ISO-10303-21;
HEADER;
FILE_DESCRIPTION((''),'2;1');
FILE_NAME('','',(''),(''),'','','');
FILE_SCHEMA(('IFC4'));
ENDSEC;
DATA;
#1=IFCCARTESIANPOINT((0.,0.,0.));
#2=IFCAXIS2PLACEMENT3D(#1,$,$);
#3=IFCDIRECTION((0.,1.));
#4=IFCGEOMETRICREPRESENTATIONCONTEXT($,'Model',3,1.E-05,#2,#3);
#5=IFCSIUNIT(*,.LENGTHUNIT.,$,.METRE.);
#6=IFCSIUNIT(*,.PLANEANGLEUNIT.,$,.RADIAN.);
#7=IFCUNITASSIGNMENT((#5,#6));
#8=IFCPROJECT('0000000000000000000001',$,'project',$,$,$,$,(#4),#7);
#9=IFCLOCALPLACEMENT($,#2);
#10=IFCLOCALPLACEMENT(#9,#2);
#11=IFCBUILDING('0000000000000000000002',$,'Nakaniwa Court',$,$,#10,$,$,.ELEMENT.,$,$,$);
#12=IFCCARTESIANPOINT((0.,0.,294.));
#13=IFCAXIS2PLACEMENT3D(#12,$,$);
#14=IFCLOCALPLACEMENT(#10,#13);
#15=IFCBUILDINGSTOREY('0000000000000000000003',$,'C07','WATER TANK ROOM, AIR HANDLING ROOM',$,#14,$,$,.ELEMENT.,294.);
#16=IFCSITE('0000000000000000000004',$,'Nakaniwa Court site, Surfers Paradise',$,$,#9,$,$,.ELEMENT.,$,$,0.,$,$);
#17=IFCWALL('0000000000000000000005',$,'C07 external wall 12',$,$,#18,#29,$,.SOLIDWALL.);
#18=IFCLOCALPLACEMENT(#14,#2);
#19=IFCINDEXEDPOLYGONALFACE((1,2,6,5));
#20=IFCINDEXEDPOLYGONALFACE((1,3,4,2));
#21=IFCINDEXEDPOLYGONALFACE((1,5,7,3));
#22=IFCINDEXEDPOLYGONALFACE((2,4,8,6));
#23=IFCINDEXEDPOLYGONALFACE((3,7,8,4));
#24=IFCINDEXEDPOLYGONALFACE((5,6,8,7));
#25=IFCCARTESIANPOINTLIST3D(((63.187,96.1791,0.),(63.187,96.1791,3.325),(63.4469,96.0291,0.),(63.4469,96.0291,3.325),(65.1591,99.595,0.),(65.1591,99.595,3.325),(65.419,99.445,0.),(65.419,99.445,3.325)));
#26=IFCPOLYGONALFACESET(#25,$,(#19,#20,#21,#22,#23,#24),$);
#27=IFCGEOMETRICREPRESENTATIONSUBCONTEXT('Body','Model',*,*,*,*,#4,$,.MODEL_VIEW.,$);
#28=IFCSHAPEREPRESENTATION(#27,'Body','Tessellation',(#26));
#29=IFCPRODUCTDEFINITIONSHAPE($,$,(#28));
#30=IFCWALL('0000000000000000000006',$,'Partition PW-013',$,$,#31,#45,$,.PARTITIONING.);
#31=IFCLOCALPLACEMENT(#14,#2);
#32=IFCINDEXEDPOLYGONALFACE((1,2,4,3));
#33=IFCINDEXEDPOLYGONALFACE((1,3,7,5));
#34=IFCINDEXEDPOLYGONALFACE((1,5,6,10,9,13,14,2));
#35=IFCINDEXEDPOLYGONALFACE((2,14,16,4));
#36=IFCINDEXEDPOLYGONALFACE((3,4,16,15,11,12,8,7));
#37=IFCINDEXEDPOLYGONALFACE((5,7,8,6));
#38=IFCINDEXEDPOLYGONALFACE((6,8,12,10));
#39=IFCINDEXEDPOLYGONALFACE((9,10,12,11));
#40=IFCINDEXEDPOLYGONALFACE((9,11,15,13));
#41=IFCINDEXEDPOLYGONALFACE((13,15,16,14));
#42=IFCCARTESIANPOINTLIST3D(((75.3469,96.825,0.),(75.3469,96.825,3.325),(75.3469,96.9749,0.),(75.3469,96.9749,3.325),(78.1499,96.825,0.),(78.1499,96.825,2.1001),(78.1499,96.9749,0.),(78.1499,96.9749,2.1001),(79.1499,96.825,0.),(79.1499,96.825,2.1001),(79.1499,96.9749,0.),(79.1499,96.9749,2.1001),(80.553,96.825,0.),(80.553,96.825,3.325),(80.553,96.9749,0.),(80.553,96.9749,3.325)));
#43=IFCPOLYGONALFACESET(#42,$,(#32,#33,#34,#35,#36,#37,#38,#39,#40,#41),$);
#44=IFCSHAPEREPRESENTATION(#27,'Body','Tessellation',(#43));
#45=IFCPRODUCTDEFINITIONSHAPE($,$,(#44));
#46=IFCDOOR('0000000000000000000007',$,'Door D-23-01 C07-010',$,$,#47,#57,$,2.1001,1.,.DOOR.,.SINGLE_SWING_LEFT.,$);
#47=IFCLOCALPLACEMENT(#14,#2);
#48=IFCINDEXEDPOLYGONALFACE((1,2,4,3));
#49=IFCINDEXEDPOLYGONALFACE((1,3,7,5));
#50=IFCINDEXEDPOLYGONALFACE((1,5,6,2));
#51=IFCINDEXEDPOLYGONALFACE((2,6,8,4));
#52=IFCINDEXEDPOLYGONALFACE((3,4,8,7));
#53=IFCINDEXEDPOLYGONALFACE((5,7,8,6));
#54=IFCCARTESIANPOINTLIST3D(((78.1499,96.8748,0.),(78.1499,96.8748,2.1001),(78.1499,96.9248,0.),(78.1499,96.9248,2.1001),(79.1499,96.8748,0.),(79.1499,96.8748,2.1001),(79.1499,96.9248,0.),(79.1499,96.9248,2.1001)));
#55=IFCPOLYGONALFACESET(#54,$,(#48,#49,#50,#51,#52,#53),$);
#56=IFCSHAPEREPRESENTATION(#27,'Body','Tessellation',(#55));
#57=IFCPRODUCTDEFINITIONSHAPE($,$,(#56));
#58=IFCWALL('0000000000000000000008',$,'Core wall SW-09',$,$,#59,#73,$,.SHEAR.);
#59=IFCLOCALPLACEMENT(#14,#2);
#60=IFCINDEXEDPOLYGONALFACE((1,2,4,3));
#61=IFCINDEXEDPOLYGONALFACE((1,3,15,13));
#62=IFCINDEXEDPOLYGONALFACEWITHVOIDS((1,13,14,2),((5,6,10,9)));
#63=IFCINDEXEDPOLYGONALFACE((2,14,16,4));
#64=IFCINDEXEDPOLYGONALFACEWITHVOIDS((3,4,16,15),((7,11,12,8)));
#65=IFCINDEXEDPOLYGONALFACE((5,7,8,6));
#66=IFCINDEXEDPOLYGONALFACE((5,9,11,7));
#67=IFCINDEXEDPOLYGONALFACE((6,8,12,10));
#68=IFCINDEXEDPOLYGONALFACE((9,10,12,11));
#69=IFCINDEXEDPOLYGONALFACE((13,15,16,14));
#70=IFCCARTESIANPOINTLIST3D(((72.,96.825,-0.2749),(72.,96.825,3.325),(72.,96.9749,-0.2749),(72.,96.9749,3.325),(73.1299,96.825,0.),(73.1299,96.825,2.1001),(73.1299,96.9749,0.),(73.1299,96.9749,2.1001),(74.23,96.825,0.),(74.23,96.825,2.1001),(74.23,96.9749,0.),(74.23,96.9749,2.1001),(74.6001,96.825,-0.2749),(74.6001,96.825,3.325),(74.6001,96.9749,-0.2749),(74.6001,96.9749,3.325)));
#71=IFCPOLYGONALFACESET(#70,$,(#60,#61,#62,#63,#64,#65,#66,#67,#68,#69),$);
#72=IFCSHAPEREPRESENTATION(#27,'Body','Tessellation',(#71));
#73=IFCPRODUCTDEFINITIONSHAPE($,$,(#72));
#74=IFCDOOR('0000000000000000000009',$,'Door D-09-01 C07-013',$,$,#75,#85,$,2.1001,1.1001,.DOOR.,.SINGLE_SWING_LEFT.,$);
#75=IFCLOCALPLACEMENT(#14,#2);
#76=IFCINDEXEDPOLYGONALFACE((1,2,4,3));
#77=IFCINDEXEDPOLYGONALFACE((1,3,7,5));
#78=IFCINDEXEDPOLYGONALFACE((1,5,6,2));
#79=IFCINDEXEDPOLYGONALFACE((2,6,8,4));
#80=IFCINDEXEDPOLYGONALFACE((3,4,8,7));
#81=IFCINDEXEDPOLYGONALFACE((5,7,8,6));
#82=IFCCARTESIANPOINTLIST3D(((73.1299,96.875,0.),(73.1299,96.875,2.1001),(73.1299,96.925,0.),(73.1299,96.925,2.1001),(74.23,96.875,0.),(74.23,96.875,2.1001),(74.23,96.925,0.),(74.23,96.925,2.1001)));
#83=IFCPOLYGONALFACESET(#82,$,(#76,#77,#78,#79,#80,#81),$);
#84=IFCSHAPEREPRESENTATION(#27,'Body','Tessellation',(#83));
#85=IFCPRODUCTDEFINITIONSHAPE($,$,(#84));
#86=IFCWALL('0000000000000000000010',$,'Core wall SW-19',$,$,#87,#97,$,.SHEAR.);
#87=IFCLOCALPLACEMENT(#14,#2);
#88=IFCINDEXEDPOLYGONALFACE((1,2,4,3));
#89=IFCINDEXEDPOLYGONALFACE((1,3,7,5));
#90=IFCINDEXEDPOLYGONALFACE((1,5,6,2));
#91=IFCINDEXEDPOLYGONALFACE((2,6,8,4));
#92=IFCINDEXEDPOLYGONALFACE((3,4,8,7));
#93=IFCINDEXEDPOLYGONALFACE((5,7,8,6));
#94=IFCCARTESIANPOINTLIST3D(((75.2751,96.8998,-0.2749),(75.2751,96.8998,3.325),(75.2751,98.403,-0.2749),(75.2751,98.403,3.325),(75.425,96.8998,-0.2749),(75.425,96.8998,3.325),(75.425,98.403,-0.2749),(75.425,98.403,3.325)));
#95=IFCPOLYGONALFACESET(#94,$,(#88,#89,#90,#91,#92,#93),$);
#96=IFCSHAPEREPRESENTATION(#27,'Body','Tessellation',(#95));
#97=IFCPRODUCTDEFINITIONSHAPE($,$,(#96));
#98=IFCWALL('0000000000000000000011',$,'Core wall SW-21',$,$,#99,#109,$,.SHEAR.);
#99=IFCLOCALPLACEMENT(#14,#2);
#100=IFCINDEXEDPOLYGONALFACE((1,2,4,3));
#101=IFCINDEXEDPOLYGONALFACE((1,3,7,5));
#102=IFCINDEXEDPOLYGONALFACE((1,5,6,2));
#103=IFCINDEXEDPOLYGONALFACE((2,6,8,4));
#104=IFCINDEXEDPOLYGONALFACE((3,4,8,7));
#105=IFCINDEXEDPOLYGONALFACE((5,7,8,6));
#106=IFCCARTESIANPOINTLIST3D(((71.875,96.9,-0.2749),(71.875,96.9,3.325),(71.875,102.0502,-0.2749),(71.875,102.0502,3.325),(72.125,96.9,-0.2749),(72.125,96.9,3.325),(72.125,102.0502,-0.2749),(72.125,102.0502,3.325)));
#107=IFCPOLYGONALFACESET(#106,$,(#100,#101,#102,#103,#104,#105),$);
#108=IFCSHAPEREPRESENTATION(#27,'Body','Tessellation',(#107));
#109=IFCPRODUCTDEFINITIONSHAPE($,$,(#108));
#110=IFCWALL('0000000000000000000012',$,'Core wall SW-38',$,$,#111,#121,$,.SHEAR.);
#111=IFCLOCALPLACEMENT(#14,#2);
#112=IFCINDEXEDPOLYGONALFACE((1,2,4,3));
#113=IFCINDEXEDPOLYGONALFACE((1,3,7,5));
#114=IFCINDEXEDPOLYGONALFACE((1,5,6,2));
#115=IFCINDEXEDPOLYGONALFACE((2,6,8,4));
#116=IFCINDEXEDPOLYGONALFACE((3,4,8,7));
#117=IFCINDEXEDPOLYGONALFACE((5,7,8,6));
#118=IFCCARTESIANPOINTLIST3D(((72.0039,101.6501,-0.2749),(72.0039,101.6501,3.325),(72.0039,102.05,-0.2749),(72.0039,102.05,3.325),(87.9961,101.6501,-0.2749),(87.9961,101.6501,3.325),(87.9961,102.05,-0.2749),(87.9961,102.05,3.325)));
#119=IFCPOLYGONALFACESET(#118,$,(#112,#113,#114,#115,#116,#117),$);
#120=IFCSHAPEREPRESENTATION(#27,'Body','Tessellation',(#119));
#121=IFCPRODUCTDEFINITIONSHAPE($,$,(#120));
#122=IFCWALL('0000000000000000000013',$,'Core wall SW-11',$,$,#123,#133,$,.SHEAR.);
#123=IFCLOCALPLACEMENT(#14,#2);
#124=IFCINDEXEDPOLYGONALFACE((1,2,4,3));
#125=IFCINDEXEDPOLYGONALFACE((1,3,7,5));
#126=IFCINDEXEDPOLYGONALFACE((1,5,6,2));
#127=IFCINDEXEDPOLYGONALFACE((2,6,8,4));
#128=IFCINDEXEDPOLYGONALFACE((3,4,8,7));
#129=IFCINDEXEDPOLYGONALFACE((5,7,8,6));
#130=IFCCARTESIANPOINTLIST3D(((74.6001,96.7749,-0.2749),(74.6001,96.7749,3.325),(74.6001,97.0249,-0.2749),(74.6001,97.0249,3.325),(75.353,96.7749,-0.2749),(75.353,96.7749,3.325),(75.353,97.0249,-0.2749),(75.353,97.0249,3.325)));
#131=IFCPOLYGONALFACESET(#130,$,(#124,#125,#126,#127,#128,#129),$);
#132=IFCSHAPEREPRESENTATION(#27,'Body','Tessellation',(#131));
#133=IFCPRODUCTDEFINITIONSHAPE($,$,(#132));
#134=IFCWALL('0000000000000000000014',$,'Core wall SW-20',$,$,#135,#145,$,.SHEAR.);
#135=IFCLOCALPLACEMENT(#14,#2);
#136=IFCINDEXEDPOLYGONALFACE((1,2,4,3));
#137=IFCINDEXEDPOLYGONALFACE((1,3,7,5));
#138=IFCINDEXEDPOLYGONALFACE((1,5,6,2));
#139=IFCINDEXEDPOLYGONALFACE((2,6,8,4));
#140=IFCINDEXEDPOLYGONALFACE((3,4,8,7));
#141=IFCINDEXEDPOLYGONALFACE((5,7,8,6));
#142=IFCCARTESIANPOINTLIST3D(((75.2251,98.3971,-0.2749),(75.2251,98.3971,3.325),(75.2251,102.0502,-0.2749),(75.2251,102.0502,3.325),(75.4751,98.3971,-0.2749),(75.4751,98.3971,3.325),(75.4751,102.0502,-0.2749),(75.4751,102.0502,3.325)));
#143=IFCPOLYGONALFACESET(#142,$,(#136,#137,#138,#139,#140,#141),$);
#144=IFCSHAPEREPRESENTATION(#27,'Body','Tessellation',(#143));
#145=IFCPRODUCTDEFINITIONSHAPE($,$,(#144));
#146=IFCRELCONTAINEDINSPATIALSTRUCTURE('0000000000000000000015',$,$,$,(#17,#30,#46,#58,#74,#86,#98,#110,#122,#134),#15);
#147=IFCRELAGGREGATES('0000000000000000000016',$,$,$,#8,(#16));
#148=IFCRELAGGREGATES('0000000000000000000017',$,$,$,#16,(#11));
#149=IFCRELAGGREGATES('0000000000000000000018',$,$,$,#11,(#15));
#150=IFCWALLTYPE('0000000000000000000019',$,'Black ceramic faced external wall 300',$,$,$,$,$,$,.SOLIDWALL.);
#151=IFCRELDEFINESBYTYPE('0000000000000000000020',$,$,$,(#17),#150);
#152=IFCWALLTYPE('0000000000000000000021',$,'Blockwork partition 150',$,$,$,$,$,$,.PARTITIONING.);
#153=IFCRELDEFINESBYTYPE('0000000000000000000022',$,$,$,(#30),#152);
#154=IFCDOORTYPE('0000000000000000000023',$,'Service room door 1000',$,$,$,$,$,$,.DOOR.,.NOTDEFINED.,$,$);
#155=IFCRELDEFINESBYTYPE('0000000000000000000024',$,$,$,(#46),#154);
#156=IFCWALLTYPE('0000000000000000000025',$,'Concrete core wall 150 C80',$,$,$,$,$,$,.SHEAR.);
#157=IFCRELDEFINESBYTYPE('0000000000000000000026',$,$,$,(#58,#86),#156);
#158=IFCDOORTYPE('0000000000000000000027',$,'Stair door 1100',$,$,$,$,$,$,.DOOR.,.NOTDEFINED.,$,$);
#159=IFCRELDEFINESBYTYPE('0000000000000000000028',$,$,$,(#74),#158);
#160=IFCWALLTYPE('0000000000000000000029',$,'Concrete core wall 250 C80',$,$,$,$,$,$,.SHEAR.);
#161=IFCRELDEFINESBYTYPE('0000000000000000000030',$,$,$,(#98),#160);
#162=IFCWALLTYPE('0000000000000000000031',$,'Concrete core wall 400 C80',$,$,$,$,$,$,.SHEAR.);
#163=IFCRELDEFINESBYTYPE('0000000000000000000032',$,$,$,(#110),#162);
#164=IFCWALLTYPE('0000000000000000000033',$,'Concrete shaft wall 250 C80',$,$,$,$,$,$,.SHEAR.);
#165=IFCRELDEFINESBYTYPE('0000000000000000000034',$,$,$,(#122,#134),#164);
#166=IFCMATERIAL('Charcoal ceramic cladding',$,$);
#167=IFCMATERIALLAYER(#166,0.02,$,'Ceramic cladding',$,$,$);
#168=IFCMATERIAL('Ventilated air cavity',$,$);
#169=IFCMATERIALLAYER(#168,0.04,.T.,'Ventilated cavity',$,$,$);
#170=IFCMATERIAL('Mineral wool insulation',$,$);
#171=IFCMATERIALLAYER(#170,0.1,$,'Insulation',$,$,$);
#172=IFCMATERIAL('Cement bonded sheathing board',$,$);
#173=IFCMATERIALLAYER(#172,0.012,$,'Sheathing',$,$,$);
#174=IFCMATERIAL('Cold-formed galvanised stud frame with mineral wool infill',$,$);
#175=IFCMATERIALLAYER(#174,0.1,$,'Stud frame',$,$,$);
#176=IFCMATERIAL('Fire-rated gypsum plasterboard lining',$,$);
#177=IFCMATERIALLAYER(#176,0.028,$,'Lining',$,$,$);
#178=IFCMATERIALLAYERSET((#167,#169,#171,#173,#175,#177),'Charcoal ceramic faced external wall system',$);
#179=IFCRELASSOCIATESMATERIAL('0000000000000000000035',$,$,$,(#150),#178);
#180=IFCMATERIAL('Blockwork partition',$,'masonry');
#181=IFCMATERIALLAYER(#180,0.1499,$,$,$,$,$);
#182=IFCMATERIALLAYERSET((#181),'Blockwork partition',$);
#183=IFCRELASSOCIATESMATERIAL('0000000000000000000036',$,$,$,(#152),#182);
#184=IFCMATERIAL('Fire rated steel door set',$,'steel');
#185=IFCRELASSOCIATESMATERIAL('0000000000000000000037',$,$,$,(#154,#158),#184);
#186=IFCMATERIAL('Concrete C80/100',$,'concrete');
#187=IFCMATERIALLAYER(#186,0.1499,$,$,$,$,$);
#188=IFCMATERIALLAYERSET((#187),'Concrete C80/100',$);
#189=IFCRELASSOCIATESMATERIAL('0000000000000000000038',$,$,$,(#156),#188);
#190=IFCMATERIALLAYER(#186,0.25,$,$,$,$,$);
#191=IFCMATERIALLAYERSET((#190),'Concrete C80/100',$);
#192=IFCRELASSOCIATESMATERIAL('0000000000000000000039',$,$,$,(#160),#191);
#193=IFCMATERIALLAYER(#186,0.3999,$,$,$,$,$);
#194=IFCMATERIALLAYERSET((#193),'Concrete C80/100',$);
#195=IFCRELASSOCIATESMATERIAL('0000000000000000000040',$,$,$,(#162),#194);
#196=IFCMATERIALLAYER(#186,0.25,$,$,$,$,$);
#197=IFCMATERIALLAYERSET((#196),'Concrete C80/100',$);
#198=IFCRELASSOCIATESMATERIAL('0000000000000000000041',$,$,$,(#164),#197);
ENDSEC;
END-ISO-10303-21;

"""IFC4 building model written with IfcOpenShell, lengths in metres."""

from ifc_helpers import new_model, si_unit, direction, frame, frame_2d, origin, place, context, subcontext, project, spatial, rectangle, extrude, material, layer, layer_set, type_object, element, fill, save


model = new_model("IFC4")

# Units and contexts
model_context = context("Model", 3, precision=1e-05, world=origin(), true_north=direction((0.0, 1.0)))
body_context = subcontext(model_context, "Body", "Model", "MODEL_VIEW")
ifc_project = project(units=[si_unit("LENGTHUNIT", "METRE"), si_unit("PLANEANGLEUNIT", "RADIAN")], contexts=[model_context])

# Site, building, storey
site_placement = place(None, origin())
site = spatial("IfcSite", under=ifc_project, at=site_placement, Name="Nakaniwa Court site, Surfers Paradise", CompositionType="ELEMENT", RefElevation=0.0)
building_placement = place(site_placement, origin())
building = spatial("IfcBuilding", under=site, at=building_placement, Name="Nakaniwa Court", CompositionType="ELEMENT")
storey_placement = place(building_placement, frame((0.0, 0.0, 294.0)))
storey = spatial("IfcBuildingStorey", under=building, at=storey_placement, Name="C07", Description="WATER TANK ROOM, AIR HANDLING ROOM", CompositionType="ELEMENT", Elevation=294.0)

# Shared definitions
ifc_material_1 = material(Name="Concrete C80/100", Category="concrete")

# Wall
ifc_material_2 = material(Name="Charcoal ceramic cladding")
ifc_layer_1 = layer(ifc_material_2, 0.02, Name="Ceramic cladding")
ifc_material_3 = material(Name="Ventilated air cavity")
ifc_layer_2 = layer(ifc_material_3, 0.04, ventilated=True, Name="Ventilated cavity")
ifc_material_4 = material(Name="Mineral wool insulation")
ifc_layer_3 = layer(ifc_material_4, 0.1, Name="Insulation")
ifc_material_5 = material(Name="Cement bonded sheathing board")
ifc_layer_4 = layer(ifc_material_5, 0.012, Name="Sheathing")
ifc_material_6 = material(Name="Cold-formed galvanised stud frame with mineral wool infill")
ifc_layer_5 = layer(ifc_material_6, 0.1, Name="Stud frame")
ifc_material_7 = material(Name="Fire-rated gypsum plasterboard lining")
ifc_layer_6 = layer(ifc_material_7, 0.028, Name="Lining")
ifc_layer_set_1 = layer_set([ifc_layer_1, ifc_layer_2, ifc_layer_3, ifc_layer_4, ifc_layer_5, ifc_layer_6], Name="Charcoal ceramic faced external wall system")
wall_type_1 = type_object("IfcWallType", Name="Black ceramic faced external wall 300", PredefinedType="SOLIDWALL", material=ifc_layer_set_1)
wall_1_placement = place(storey_placement, frame((65.2891, 99.52, 0.0), z_axis=(0.0, 0.0, 1.0), x_axis=(-0.499987, -0.866033, 0.0)))
element("IfcWall", 1, at=wall_1_placement, inside=storey, type_object=wall_type_1, Name="C07 external wall 12", PredefinedType="SOLIDWALL", context=body_context, shape_type="SweptSolid", body=[
    extrude(rectangle(XDim=3.9443, YDim=0.3, at=frame_2d((1.9722, 0.0))), origin(), (0.0, 0.0, 1.0), 3.325),
])

# Walls, openings, doors
ifc_material_8 = material(Name="Blockwork partition", Category="masonry")
ifc_layer_7 = layer(ifc_material_8, 0.1499)
ifc_layer_set_2 = layer_set([ifc_layer_7], Name="Blockwork partition")
wall_type_2 = type_object("IfcWallType", Name="Blockwork partition 150", PredefinedType="PARTITIONING", material=ifc_layer_set_2)
wall_2_placement = place(storey_placement, frame((75.3469, 96.8999, 0.0), z_axis=(0.0, 0.0, 1.0), x_axis=(1.0, 0.0, 0.0)))
wall_2 = element("IfcWall", 2, at=wall_2_placement, inside=storey, type_object=wall_type_2, Name="Partition PW-013", PredefinedType="PARTITIONING", context=body_context, shape_type="SweptSolid", body=[
    extrude(rectangle(XDim=5.2061, YDim=0.1499, at=frame_2d((2.603, 0.0))), origin(), (0.0, 0.0, 1.0), 3.325),
])
opening_1_placement = place(wall_2_placement, frame((2.803, 0.0, 0.0)))
opening_1 = element("IfcOpeningElement", 3, at=opening_1_placement, cuts=wall_2, PredefinedType="OPENING", context=body_context, shape_type="SweptSolid", body=[
    extrude(rectangle(XDim=1.0, YDim=2.1001, at=frame_2d((0.5, 1.05))), frame((0.0, 0.085, 0.0), z_axis=(0.0, -1.0, 0.0), x_axis=(1.0, 0.0, 0.0)), (0.0, 0.0, 1.0), 0.1699),
])
ifc_material_9 = material(Name="Fire rated steel door set", Category="steel")
door_type_1 = type_object("IfcDoorType", Name="Service room door 1000", OperationType="NOTDEFINED", PredefinedType="DOOR", material=ifc_material_9)
door_1_placement = place(opening_1_placement, origin())
door_1 = element("IfcDoor", 4, at=door_1_placement, inside=storey, type_object=door_type_1, Name="Door D-23-01 C07-010", OperationType="SINGLE_SWING_LEFT", OverallHeight=2.1001, OverallWidth=1.0, PredefinedType="DOOR", context=body_context, shape_type="SweptSolid", body=[
    extrude(rectangle(XDim=1.0, YDim=2.1001, at=frame_2d((0.5, 1.05))), frame((0.0, 0.0249, 0.0), z_axis=(0.0, -1.0, 0.0), x_axis=(1.0, 0.0, 0.0)), (0.0, 0.0, 1.0), 0.05),
])
fill(opening_1, door_1)
ifc_layer_8 = layer(ifc_material_1, 0.1499)
ifc_layer_set_3 = layer_set([ifc_layer_8], Name="Concrete C80/100")
wall_type_3 = type_object("IfcWallType", Name="Concrete core wall 150 C80", PredefinedType="SHEAR", material=ifc_layer_set_3)
wall_3_placement = place(storey_placement, frame((74.6001, 96.8999, -0.2749), z_axis=(0.0, 0.0, 1.0), x_axis=(-1.0, 0.0, 0.0)))
wall_3 = element("IfcWall", 5, at=wall_3_placement, inside=storey, type_object=wall_type_3, Name="Core wall SW-09", PredefinedType="SHEAR", context=body_context, shape_type="SweptSolid", body=[
    extrude(rectangle(XDim=2.6001, YDim=0.1499, at=frame_2d((1.3, 0.0))), origin(), (0.0, 0.0, 1.0), 3.5999),
])
opening_2_placement = place(wall_3_placement, frame((0.3701, 0.0, 0.2749)))
opening_2 = element("IfcOpeningElement", 6, at=opening_2_placement, cuts=wall_3, PredefinedType="OPENING", context=body_context, shape_type="SweptSolid", body=[
    extrude(rectangle(XDim=1.1001, YDim=2.1001, at=frame_2d((0.55, 1.05))), frame((0.0, 0.085, 0.0), z_axis=(0.0, -1.0, 0.0), x_axis=(1.0, 0.0, 0.0)), (0.0, 0.0, 1.0), 0.1699),
])
door_type_2 = type_object("IfcDoorType", Name="Stair door 1100", OperationType="NOTDEFINED", PredefinedType="DOOR", material=ifc_material_9)
door_2_placement = place(opening_2_placement, origin())
door_2 = element("IfcDoor", 7, at=door_2_placement, inside=storey, type_object=door_type_2, Name="Door D-09-01 C07-013", OperationType="SINGLE_SWING_LEFT", OverallHeight=2.1001, OverallWidth=1.1001, PredefinedType="DOOR", context=body_context, shape_type="SweptSolid", body=[
    extrude(rectangle(XDim=1.1001, YDim=2.1001, at=frame_2d((0.55, 1.05))), frame((0.0, 0.0249, 0.0), z_axis=(0.0, -1.0, 0.0), x_axis=(1.0, 0.0, 0.0)), (0.0, 0.0, 1.0), 0.05),
])
fill(opening_2, door_2)

# Walls
wall_4_placement = place(storey_placement, frame((75.3501, 96.8999, -0.2749), z_axis=(0.0, 0.0, 1.0), x_axis=(0.0, 1.0, 0.0)))
element("IfcWall", 8, at=wall_4_placement, inside=storey, type_object=wall_type_3, Name="Core wall SW-19", PredefinedType="SHEAR", context=body_context, shape_type="SweptSolid", body=[
    extrude(rectangle(XDim=1.5032, YDim=0.1499, at=frame_2d((0.7515, 0.0))), origin(), (0.0, 0.0, 1.0), 3.5999),
])
ifc_layer_9 = layer(ifc_material_1, 0.25)
ifc_layer_set_4 = layer_set([ifc_layer_9], Name="Concrete C80/100")
wall_type_4 = type_object("IfcWallType", Name="Concrete core wall 250 C80", PredefinedType="SHEAR", material=ifc_layer_set_4)
wall_5_placement = place(storey_placement, frame((72.0, 96.8999, -0.2749), z_axis=(0.0, 0.0, 1.0), x_axis=(0.0, 1.0, 0.0)))
element("IfcWall", 9, at=wall_5_placement, inside=storey, type_object=wall_type_4, Name="Core wall SW-21", PredefinedType="SHEAR", context=body_context, shape_type="SweptSolid", body=[
    extrude(rectangle(XDim=5.1501, YDim=0.25, at=frame_2d((2.5752, 0.0))), origin(), (0.0, 0.0, 1.0), 3.5999),
])
ifc_layer_10 = layer(ifc_material_1, 0.3999)
ifc_layer_set_5 = layer_set([ifc_layer_10], Name="Concrete C80/100")
wall_type_5 = type_object("IfcWallType", Name="Concrete core wall 400 C80", PredefinedType="SHEAR", material=ifc_layer_set_5)
wall_6_placement = place(storey_placement, frame((72.0039, 101.8501, -0.2749), z_axis=(0.0, 0.0, 1.0), x_axis=(1.0, 0.0, 0.0)))
element("IfcWall", 10, at=wall_6_placement, inside=storey, type_object=wall_type_5, Name="Core wall SW-38", PredefinedType="SHEAR", context=body_context, shape_type="SweptSolid", body=[
    extrude(rectangle(XDim=15.9922, YDim=0.3999, at=frame_2d((7.9961, 0.0))), origin(), (0.0, 0.0, 1.0), 3.5999),
])
ifc_layer_11 = layer(ifc_material_1, 0.25)
ifc_layer_set_6 = layer_set([ifc_layer_11], Name="Concrete C80/100")
wall_type_6 = type_object("IfcWallType", Name="Concrete shaft wall 250 C80", PredefinedType="SHEAR", material=ifc_layer_set_6)
wall_7_placement = place(storey_placement, frame((74.6001, 96.8999, -0.2749), z_axis=(0.0, 0.0, 1.0), x_axis=(1.0, 0.0, 0.0)))
element("IfcWall", 11, at=wall_7_placement, inside=storey, type_object=wall_type_6, Name="Core wall SW-11", PredefinedType="SHEAR", context=body_context, shape_type="SweptSolid", body=[
    extrude(rectangle(XDim=0.7529, YDim=0.25, at=frame_2d((0.3765, 0.0))), origin(), (0.0, 0.0, 1.0), 3.5999),
])
wall_8_placement = place(storey_placement, frame((75.3501, 98.397, -0.2749), z_axis=(0.0, 0.0, 1.0), x_axis=(0.0, 1.0, 0.0)))
element("IfcWall", 12, at=wall_8_placement, inside=storey, type_object=wall_type_6, Name="Core wall SW-20", PredefinedType="SHEAR", context=body_context, shape_type="SweptSolid", body=[
    extrude(rectangle(XDim=3.6531, YDim=0.25, at=frame_2d((1.8267, 0.0))), origin(), (0.0, 0.0, 1.0), 3.5999),
])

save(model, "model.ifc")
